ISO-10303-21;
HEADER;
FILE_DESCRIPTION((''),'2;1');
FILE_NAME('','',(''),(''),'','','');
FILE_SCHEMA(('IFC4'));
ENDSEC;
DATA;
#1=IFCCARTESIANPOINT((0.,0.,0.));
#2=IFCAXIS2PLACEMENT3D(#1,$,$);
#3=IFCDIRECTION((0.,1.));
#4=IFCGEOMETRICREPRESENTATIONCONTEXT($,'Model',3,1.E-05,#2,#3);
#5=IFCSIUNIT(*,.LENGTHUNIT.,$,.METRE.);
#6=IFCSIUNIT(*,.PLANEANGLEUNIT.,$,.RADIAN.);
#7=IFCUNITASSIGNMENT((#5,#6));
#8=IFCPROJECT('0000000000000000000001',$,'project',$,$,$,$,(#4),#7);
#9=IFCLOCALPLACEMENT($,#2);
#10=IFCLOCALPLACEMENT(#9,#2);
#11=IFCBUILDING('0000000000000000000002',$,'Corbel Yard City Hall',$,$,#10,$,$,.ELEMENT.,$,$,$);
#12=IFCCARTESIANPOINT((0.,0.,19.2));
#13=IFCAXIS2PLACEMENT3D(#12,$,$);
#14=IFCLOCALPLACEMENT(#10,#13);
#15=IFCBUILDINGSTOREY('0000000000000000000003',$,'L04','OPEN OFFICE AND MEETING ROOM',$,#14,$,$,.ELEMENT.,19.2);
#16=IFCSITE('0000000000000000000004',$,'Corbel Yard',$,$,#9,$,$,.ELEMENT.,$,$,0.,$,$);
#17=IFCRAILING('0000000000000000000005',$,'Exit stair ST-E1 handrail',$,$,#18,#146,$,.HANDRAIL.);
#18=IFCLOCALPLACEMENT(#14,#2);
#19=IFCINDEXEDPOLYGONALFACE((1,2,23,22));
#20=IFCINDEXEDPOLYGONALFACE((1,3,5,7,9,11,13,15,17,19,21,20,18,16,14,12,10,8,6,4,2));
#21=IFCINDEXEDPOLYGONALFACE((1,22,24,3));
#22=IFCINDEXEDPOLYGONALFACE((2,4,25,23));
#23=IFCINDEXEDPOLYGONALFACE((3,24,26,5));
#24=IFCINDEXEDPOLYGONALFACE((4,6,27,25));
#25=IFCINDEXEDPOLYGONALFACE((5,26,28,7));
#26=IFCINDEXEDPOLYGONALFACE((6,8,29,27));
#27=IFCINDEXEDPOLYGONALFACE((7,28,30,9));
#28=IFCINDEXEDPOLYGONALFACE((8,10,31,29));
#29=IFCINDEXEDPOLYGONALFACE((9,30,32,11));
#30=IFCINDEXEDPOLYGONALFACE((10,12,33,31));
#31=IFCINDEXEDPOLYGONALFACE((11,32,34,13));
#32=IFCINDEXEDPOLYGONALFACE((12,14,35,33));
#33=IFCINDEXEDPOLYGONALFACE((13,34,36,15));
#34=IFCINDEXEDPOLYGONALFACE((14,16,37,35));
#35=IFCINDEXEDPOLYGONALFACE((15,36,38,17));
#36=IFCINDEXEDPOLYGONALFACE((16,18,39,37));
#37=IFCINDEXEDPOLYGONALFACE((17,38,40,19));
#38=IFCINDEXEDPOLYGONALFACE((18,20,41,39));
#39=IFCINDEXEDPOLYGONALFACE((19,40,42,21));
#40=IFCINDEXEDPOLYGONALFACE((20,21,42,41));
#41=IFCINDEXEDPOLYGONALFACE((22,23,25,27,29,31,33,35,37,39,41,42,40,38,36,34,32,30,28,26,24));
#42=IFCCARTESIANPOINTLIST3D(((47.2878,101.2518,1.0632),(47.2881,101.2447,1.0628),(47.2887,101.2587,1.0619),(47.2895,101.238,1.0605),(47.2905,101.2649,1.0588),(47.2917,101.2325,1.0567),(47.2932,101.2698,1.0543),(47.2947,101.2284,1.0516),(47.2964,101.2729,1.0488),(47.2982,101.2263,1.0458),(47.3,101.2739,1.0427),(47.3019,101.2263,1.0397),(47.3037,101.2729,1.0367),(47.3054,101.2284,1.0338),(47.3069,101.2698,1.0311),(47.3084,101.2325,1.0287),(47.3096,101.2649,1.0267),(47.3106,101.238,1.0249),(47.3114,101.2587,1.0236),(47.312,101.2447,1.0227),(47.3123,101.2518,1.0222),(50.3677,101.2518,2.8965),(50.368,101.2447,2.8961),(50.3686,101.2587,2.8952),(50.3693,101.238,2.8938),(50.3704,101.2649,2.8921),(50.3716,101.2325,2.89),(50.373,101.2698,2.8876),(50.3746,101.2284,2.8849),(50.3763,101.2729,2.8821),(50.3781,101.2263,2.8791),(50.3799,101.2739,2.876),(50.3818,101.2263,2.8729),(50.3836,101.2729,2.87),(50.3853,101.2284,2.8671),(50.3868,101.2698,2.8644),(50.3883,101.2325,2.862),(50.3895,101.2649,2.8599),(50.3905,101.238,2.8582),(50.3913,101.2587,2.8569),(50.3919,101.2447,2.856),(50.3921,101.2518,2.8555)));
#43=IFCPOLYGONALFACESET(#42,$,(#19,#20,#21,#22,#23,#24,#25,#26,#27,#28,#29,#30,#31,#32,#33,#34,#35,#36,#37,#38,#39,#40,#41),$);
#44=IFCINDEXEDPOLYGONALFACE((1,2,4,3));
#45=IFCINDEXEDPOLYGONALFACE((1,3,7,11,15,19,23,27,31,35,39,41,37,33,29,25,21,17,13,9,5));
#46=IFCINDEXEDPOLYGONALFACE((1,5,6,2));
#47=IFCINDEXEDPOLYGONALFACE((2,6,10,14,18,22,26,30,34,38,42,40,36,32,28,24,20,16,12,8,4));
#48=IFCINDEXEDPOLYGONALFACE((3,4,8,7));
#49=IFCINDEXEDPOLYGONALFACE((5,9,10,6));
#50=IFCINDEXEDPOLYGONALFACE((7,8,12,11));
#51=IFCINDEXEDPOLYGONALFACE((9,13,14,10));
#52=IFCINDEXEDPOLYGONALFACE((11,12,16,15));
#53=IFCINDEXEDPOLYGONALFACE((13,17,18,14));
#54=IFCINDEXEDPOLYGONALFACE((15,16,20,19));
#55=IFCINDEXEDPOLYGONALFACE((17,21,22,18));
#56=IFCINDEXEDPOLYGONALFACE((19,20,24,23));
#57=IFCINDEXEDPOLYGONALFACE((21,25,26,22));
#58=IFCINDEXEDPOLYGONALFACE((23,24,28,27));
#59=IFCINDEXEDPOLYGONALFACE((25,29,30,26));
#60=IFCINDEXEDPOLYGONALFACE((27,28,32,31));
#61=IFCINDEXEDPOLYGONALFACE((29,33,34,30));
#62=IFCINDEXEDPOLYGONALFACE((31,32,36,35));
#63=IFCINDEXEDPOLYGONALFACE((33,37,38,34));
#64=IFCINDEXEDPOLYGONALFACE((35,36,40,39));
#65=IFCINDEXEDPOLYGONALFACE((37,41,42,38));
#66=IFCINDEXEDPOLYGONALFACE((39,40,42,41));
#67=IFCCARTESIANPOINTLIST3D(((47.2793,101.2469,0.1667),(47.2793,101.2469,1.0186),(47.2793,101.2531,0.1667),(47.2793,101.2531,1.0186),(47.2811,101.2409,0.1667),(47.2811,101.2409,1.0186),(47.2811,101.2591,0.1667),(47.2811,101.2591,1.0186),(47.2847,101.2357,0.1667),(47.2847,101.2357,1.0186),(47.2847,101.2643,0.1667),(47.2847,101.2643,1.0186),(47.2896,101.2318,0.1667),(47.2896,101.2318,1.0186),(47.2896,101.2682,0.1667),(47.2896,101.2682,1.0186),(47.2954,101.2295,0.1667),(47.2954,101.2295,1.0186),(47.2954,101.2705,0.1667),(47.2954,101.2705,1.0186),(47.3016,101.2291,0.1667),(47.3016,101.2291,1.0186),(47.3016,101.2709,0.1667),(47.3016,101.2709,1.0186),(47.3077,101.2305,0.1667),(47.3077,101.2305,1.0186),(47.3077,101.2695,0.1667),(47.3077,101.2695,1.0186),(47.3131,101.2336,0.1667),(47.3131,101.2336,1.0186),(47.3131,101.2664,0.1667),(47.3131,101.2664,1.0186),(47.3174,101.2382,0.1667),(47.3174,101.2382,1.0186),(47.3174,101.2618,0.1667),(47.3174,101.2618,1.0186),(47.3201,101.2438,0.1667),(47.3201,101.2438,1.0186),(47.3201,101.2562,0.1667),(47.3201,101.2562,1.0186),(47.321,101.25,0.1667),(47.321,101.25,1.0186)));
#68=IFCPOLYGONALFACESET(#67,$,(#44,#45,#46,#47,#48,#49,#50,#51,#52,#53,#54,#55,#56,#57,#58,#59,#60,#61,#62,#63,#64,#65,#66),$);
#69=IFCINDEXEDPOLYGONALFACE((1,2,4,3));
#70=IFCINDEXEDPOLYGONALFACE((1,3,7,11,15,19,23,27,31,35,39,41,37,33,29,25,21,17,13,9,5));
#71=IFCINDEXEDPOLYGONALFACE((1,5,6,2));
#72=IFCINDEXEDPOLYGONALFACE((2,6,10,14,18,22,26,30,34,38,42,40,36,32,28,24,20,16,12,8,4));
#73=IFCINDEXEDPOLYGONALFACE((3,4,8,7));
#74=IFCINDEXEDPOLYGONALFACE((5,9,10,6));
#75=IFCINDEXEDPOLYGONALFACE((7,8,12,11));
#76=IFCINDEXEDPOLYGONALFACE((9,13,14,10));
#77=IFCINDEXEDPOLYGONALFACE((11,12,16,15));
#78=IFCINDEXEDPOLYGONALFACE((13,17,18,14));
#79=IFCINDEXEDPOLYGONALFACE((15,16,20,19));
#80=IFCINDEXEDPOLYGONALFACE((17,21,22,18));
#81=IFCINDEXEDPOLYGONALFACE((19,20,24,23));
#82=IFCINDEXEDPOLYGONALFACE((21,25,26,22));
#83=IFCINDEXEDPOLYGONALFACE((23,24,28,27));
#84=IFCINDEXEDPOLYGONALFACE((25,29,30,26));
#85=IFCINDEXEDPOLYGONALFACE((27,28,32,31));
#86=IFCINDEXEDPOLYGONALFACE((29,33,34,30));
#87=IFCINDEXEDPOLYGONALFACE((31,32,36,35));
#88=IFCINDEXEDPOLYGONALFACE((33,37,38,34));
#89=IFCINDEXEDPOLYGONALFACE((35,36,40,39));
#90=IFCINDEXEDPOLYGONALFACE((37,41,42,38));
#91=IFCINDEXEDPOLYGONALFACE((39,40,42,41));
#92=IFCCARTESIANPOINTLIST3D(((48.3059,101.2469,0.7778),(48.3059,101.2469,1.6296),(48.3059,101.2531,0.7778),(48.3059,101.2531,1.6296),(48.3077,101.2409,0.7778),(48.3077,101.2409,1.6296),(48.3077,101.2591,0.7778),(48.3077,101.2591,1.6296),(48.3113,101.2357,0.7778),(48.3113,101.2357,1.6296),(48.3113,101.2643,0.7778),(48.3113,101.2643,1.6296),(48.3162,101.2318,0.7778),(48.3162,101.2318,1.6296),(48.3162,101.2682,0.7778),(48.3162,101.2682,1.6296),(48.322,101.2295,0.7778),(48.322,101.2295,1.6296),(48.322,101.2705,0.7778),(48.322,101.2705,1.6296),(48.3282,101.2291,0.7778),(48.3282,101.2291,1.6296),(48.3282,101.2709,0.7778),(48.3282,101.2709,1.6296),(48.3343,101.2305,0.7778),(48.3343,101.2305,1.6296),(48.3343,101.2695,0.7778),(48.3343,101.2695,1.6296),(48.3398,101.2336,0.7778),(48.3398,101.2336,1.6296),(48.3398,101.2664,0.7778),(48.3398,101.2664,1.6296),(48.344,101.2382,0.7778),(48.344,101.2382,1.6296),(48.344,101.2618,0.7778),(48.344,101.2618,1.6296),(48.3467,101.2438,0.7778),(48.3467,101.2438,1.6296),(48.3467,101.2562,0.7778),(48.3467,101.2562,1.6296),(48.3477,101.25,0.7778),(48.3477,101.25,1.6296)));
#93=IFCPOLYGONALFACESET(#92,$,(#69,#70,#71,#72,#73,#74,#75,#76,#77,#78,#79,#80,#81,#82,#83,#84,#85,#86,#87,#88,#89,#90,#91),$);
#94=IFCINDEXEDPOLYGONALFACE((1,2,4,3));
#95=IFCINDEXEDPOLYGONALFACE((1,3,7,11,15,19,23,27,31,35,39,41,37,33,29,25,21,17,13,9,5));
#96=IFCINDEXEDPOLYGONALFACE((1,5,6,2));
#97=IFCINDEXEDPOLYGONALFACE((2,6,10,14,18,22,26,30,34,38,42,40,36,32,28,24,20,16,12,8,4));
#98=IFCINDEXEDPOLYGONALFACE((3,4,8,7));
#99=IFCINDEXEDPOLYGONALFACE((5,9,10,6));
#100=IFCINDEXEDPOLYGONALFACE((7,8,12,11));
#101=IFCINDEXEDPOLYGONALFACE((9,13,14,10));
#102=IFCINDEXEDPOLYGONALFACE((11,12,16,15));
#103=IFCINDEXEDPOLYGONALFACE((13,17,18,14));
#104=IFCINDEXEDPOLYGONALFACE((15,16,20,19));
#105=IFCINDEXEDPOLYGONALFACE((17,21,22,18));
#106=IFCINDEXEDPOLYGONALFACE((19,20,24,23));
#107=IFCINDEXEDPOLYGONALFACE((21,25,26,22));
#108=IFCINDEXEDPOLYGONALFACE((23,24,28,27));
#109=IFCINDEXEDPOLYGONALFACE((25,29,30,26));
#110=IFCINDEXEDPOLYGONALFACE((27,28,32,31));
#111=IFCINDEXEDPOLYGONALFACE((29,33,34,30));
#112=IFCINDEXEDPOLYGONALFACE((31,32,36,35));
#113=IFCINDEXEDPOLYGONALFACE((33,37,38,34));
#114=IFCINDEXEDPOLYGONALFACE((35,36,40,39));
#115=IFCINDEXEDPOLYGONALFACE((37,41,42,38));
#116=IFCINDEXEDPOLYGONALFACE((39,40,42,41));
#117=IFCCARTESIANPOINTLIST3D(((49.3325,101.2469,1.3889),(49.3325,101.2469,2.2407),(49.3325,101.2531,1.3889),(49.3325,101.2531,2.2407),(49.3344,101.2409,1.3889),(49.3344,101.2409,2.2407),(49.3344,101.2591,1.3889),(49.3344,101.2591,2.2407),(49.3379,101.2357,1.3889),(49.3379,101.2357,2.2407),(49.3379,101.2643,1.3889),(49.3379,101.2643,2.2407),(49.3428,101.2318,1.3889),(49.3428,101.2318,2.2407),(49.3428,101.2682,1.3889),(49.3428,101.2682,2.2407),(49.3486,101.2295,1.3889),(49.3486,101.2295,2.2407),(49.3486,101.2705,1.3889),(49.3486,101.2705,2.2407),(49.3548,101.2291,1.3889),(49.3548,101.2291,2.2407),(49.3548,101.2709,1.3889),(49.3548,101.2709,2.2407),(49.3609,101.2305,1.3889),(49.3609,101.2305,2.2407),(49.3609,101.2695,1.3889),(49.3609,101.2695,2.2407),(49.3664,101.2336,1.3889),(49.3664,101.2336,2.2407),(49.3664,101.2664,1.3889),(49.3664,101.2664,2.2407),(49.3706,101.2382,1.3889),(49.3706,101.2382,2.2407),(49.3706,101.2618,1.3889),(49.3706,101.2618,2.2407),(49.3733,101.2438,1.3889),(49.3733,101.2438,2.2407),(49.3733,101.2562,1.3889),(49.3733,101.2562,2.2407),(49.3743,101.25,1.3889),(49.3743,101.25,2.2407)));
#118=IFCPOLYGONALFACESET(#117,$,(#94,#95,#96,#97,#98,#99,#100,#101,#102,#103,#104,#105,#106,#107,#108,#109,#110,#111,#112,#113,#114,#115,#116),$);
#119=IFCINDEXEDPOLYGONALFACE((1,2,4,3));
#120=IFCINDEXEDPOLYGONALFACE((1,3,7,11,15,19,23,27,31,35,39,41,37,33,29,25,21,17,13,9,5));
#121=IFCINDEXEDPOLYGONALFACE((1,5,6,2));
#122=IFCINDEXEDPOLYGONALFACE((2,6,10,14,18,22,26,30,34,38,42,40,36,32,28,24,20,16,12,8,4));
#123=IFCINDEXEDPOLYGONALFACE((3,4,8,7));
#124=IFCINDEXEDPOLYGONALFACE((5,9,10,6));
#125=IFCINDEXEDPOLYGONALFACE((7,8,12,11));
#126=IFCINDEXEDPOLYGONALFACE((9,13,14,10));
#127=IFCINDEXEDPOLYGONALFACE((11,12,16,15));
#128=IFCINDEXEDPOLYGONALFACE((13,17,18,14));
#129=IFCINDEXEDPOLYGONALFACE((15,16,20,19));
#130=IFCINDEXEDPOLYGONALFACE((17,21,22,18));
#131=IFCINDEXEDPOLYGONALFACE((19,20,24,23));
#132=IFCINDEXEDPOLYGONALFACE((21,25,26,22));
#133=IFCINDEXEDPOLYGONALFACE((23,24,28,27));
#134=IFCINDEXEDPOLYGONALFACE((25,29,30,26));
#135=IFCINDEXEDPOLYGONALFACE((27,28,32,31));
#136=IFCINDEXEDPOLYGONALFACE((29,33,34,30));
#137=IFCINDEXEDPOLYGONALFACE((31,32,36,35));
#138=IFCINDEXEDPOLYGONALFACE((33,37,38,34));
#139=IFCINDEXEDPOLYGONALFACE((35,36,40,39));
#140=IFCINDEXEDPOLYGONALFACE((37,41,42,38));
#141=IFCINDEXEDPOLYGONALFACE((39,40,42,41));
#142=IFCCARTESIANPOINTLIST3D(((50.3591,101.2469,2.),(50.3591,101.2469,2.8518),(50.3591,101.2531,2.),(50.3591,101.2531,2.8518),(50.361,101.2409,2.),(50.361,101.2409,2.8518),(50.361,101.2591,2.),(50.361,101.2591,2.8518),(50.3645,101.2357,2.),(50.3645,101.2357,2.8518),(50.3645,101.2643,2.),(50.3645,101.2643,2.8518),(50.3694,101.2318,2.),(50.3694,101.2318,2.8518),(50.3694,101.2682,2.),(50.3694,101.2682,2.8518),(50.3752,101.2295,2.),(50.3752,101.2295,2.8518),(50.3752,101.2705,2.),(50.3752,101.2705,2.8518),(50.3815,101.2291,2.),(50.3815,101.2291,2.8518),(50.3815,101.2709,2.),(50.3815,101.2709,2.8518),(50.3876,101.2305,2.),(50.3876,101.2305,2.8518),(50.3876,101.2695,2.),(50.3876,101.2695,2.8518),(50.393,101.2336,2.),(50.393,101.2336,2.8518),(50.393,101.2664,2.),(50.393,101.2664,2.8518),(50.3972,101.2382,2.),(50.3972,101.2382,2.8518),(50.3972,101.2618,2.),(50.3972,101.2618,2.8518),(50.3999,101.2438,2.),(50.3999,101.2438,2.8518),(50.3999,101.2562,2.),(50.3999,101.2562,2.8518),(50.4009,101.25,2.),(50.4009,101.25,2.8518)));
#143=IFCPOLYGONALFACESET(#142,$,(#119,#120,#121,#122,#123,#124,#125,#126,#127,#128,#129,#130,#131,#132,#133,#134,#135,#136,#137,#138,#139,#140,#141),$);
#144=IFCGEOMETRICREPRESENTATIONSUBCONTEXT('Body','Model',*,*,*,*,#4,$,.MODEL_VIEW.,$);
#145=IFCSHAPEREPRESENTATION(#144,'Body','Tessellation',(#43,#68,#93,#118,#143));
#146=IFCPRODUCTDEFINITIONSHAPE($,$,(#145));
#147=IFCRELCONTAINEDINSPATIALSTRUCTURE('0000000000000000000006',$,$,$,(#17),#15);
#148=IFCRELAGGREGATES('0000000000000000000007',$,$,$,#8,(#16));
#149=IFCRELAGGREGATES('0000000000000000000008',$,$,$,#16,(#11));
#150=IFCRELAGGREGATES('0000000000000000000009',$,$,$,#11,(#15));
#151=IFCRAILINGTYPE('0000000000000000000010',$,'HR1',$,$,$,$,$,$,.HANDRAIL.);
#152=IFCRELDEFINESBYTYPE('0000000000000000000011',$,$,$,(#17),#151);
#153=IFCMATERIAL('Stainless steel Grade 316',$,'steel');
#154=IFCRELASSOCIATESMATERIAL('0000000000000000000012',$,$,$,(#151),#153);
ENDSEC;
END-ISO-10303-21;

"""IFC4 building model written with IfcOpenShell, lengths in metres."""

from ifc_helpers import new_model, si_unit, direction, frame, origin, origin_2d, place, context, subcontext, project, spatial, circle, extrude, material, type_object, element, save


model = new_model("IFC4")

# Units and contexts
model_context = context("Model", 3, precision=1e-05, world=origin(), true_north=direction((0.0, 1.0)))
body_context = subcontext(model_context, "Body", "Model", "MODEL_VIEW")
ifc_project = project(units=[si_unit("LENGTHUNIT", "METRE"), si_unit("PLANEANGLEUNIT", "RADIAN")], contexts=[model_context])

# Site, building, storey
site_placement = place(None, origin())
site = spatial("IfcSite", under=ifc_project, at=site_placement, Name="Corbel Yard", CompositionType="ELEMENT", RefElevation=0.0)
building_placement = place(site_placement, origin())
building = spatial("IfcBuilding", under=site, at=building_placement, Name="Corbel Yard City Hall", CompositionType="ELEMENT")
storey_placement = place(building_placement, frame((0.0, 0.0, 19.2)))
storey = spatial("IfcBuildingStorey", under=building, at=storey_placement, Name="L04", Description="OPEN OFFICE AND MEETING ROOM", CompositionType="ELEMENT", Elevation=19.2)

# Railing
ifc_material_1 = material(Name="Stainless steel Grade 316", Category="steel")
railing_type = type_object("IfcRailingType", Name="HR1", PredefinedType="HANDRAIL", material=ifc_material_1)
for number, where, name in (
    (1, (47.3, 101.25, 0.1667), "Exit stair ST-E1 handrail"),
):
    element("IfcRailing", number, at=place(storey_placement, frame(where)), inside=storey, type_object=railing_type, Name=name, PredefinedType="HANDRAIL", context=body_context, shape_type="SweptSolid", body=[
        extrude(circle(Radius=0.0239, at=origin_2d()), frame((0.0, 0.0, 0.876), z_axis=(0.859291, 0.0, 0.511487), x_axis=(0.0, 1.0, 0.0)), (0.0, 0.0, 1.0), 3.5842),
        extrude(circle(Radius=0.021, at=origin_2d()), origin(), (0.0, 0.0, 1.0), 0.8518),
        extrude(circle(Radius=0.021, at=origin_2d()), frame((1.0266, 0.0, 0.6111)), (0.0, 0.0, 1.0), 0.8518),
        extrude(circle(Radius=0.021, at=origin_2d()), frame((2.0532, 0.0, 1.2222)), (0.0, 0.0, 1.0), 0.8518),
        extrude(circle(Radius=0.021, at=origin_2d()), frame((3.0798, 0.0, 1.8333)), (0.0, 0.0, 1.0), 0.8518),
    ])

save(model, "model.ifc")
